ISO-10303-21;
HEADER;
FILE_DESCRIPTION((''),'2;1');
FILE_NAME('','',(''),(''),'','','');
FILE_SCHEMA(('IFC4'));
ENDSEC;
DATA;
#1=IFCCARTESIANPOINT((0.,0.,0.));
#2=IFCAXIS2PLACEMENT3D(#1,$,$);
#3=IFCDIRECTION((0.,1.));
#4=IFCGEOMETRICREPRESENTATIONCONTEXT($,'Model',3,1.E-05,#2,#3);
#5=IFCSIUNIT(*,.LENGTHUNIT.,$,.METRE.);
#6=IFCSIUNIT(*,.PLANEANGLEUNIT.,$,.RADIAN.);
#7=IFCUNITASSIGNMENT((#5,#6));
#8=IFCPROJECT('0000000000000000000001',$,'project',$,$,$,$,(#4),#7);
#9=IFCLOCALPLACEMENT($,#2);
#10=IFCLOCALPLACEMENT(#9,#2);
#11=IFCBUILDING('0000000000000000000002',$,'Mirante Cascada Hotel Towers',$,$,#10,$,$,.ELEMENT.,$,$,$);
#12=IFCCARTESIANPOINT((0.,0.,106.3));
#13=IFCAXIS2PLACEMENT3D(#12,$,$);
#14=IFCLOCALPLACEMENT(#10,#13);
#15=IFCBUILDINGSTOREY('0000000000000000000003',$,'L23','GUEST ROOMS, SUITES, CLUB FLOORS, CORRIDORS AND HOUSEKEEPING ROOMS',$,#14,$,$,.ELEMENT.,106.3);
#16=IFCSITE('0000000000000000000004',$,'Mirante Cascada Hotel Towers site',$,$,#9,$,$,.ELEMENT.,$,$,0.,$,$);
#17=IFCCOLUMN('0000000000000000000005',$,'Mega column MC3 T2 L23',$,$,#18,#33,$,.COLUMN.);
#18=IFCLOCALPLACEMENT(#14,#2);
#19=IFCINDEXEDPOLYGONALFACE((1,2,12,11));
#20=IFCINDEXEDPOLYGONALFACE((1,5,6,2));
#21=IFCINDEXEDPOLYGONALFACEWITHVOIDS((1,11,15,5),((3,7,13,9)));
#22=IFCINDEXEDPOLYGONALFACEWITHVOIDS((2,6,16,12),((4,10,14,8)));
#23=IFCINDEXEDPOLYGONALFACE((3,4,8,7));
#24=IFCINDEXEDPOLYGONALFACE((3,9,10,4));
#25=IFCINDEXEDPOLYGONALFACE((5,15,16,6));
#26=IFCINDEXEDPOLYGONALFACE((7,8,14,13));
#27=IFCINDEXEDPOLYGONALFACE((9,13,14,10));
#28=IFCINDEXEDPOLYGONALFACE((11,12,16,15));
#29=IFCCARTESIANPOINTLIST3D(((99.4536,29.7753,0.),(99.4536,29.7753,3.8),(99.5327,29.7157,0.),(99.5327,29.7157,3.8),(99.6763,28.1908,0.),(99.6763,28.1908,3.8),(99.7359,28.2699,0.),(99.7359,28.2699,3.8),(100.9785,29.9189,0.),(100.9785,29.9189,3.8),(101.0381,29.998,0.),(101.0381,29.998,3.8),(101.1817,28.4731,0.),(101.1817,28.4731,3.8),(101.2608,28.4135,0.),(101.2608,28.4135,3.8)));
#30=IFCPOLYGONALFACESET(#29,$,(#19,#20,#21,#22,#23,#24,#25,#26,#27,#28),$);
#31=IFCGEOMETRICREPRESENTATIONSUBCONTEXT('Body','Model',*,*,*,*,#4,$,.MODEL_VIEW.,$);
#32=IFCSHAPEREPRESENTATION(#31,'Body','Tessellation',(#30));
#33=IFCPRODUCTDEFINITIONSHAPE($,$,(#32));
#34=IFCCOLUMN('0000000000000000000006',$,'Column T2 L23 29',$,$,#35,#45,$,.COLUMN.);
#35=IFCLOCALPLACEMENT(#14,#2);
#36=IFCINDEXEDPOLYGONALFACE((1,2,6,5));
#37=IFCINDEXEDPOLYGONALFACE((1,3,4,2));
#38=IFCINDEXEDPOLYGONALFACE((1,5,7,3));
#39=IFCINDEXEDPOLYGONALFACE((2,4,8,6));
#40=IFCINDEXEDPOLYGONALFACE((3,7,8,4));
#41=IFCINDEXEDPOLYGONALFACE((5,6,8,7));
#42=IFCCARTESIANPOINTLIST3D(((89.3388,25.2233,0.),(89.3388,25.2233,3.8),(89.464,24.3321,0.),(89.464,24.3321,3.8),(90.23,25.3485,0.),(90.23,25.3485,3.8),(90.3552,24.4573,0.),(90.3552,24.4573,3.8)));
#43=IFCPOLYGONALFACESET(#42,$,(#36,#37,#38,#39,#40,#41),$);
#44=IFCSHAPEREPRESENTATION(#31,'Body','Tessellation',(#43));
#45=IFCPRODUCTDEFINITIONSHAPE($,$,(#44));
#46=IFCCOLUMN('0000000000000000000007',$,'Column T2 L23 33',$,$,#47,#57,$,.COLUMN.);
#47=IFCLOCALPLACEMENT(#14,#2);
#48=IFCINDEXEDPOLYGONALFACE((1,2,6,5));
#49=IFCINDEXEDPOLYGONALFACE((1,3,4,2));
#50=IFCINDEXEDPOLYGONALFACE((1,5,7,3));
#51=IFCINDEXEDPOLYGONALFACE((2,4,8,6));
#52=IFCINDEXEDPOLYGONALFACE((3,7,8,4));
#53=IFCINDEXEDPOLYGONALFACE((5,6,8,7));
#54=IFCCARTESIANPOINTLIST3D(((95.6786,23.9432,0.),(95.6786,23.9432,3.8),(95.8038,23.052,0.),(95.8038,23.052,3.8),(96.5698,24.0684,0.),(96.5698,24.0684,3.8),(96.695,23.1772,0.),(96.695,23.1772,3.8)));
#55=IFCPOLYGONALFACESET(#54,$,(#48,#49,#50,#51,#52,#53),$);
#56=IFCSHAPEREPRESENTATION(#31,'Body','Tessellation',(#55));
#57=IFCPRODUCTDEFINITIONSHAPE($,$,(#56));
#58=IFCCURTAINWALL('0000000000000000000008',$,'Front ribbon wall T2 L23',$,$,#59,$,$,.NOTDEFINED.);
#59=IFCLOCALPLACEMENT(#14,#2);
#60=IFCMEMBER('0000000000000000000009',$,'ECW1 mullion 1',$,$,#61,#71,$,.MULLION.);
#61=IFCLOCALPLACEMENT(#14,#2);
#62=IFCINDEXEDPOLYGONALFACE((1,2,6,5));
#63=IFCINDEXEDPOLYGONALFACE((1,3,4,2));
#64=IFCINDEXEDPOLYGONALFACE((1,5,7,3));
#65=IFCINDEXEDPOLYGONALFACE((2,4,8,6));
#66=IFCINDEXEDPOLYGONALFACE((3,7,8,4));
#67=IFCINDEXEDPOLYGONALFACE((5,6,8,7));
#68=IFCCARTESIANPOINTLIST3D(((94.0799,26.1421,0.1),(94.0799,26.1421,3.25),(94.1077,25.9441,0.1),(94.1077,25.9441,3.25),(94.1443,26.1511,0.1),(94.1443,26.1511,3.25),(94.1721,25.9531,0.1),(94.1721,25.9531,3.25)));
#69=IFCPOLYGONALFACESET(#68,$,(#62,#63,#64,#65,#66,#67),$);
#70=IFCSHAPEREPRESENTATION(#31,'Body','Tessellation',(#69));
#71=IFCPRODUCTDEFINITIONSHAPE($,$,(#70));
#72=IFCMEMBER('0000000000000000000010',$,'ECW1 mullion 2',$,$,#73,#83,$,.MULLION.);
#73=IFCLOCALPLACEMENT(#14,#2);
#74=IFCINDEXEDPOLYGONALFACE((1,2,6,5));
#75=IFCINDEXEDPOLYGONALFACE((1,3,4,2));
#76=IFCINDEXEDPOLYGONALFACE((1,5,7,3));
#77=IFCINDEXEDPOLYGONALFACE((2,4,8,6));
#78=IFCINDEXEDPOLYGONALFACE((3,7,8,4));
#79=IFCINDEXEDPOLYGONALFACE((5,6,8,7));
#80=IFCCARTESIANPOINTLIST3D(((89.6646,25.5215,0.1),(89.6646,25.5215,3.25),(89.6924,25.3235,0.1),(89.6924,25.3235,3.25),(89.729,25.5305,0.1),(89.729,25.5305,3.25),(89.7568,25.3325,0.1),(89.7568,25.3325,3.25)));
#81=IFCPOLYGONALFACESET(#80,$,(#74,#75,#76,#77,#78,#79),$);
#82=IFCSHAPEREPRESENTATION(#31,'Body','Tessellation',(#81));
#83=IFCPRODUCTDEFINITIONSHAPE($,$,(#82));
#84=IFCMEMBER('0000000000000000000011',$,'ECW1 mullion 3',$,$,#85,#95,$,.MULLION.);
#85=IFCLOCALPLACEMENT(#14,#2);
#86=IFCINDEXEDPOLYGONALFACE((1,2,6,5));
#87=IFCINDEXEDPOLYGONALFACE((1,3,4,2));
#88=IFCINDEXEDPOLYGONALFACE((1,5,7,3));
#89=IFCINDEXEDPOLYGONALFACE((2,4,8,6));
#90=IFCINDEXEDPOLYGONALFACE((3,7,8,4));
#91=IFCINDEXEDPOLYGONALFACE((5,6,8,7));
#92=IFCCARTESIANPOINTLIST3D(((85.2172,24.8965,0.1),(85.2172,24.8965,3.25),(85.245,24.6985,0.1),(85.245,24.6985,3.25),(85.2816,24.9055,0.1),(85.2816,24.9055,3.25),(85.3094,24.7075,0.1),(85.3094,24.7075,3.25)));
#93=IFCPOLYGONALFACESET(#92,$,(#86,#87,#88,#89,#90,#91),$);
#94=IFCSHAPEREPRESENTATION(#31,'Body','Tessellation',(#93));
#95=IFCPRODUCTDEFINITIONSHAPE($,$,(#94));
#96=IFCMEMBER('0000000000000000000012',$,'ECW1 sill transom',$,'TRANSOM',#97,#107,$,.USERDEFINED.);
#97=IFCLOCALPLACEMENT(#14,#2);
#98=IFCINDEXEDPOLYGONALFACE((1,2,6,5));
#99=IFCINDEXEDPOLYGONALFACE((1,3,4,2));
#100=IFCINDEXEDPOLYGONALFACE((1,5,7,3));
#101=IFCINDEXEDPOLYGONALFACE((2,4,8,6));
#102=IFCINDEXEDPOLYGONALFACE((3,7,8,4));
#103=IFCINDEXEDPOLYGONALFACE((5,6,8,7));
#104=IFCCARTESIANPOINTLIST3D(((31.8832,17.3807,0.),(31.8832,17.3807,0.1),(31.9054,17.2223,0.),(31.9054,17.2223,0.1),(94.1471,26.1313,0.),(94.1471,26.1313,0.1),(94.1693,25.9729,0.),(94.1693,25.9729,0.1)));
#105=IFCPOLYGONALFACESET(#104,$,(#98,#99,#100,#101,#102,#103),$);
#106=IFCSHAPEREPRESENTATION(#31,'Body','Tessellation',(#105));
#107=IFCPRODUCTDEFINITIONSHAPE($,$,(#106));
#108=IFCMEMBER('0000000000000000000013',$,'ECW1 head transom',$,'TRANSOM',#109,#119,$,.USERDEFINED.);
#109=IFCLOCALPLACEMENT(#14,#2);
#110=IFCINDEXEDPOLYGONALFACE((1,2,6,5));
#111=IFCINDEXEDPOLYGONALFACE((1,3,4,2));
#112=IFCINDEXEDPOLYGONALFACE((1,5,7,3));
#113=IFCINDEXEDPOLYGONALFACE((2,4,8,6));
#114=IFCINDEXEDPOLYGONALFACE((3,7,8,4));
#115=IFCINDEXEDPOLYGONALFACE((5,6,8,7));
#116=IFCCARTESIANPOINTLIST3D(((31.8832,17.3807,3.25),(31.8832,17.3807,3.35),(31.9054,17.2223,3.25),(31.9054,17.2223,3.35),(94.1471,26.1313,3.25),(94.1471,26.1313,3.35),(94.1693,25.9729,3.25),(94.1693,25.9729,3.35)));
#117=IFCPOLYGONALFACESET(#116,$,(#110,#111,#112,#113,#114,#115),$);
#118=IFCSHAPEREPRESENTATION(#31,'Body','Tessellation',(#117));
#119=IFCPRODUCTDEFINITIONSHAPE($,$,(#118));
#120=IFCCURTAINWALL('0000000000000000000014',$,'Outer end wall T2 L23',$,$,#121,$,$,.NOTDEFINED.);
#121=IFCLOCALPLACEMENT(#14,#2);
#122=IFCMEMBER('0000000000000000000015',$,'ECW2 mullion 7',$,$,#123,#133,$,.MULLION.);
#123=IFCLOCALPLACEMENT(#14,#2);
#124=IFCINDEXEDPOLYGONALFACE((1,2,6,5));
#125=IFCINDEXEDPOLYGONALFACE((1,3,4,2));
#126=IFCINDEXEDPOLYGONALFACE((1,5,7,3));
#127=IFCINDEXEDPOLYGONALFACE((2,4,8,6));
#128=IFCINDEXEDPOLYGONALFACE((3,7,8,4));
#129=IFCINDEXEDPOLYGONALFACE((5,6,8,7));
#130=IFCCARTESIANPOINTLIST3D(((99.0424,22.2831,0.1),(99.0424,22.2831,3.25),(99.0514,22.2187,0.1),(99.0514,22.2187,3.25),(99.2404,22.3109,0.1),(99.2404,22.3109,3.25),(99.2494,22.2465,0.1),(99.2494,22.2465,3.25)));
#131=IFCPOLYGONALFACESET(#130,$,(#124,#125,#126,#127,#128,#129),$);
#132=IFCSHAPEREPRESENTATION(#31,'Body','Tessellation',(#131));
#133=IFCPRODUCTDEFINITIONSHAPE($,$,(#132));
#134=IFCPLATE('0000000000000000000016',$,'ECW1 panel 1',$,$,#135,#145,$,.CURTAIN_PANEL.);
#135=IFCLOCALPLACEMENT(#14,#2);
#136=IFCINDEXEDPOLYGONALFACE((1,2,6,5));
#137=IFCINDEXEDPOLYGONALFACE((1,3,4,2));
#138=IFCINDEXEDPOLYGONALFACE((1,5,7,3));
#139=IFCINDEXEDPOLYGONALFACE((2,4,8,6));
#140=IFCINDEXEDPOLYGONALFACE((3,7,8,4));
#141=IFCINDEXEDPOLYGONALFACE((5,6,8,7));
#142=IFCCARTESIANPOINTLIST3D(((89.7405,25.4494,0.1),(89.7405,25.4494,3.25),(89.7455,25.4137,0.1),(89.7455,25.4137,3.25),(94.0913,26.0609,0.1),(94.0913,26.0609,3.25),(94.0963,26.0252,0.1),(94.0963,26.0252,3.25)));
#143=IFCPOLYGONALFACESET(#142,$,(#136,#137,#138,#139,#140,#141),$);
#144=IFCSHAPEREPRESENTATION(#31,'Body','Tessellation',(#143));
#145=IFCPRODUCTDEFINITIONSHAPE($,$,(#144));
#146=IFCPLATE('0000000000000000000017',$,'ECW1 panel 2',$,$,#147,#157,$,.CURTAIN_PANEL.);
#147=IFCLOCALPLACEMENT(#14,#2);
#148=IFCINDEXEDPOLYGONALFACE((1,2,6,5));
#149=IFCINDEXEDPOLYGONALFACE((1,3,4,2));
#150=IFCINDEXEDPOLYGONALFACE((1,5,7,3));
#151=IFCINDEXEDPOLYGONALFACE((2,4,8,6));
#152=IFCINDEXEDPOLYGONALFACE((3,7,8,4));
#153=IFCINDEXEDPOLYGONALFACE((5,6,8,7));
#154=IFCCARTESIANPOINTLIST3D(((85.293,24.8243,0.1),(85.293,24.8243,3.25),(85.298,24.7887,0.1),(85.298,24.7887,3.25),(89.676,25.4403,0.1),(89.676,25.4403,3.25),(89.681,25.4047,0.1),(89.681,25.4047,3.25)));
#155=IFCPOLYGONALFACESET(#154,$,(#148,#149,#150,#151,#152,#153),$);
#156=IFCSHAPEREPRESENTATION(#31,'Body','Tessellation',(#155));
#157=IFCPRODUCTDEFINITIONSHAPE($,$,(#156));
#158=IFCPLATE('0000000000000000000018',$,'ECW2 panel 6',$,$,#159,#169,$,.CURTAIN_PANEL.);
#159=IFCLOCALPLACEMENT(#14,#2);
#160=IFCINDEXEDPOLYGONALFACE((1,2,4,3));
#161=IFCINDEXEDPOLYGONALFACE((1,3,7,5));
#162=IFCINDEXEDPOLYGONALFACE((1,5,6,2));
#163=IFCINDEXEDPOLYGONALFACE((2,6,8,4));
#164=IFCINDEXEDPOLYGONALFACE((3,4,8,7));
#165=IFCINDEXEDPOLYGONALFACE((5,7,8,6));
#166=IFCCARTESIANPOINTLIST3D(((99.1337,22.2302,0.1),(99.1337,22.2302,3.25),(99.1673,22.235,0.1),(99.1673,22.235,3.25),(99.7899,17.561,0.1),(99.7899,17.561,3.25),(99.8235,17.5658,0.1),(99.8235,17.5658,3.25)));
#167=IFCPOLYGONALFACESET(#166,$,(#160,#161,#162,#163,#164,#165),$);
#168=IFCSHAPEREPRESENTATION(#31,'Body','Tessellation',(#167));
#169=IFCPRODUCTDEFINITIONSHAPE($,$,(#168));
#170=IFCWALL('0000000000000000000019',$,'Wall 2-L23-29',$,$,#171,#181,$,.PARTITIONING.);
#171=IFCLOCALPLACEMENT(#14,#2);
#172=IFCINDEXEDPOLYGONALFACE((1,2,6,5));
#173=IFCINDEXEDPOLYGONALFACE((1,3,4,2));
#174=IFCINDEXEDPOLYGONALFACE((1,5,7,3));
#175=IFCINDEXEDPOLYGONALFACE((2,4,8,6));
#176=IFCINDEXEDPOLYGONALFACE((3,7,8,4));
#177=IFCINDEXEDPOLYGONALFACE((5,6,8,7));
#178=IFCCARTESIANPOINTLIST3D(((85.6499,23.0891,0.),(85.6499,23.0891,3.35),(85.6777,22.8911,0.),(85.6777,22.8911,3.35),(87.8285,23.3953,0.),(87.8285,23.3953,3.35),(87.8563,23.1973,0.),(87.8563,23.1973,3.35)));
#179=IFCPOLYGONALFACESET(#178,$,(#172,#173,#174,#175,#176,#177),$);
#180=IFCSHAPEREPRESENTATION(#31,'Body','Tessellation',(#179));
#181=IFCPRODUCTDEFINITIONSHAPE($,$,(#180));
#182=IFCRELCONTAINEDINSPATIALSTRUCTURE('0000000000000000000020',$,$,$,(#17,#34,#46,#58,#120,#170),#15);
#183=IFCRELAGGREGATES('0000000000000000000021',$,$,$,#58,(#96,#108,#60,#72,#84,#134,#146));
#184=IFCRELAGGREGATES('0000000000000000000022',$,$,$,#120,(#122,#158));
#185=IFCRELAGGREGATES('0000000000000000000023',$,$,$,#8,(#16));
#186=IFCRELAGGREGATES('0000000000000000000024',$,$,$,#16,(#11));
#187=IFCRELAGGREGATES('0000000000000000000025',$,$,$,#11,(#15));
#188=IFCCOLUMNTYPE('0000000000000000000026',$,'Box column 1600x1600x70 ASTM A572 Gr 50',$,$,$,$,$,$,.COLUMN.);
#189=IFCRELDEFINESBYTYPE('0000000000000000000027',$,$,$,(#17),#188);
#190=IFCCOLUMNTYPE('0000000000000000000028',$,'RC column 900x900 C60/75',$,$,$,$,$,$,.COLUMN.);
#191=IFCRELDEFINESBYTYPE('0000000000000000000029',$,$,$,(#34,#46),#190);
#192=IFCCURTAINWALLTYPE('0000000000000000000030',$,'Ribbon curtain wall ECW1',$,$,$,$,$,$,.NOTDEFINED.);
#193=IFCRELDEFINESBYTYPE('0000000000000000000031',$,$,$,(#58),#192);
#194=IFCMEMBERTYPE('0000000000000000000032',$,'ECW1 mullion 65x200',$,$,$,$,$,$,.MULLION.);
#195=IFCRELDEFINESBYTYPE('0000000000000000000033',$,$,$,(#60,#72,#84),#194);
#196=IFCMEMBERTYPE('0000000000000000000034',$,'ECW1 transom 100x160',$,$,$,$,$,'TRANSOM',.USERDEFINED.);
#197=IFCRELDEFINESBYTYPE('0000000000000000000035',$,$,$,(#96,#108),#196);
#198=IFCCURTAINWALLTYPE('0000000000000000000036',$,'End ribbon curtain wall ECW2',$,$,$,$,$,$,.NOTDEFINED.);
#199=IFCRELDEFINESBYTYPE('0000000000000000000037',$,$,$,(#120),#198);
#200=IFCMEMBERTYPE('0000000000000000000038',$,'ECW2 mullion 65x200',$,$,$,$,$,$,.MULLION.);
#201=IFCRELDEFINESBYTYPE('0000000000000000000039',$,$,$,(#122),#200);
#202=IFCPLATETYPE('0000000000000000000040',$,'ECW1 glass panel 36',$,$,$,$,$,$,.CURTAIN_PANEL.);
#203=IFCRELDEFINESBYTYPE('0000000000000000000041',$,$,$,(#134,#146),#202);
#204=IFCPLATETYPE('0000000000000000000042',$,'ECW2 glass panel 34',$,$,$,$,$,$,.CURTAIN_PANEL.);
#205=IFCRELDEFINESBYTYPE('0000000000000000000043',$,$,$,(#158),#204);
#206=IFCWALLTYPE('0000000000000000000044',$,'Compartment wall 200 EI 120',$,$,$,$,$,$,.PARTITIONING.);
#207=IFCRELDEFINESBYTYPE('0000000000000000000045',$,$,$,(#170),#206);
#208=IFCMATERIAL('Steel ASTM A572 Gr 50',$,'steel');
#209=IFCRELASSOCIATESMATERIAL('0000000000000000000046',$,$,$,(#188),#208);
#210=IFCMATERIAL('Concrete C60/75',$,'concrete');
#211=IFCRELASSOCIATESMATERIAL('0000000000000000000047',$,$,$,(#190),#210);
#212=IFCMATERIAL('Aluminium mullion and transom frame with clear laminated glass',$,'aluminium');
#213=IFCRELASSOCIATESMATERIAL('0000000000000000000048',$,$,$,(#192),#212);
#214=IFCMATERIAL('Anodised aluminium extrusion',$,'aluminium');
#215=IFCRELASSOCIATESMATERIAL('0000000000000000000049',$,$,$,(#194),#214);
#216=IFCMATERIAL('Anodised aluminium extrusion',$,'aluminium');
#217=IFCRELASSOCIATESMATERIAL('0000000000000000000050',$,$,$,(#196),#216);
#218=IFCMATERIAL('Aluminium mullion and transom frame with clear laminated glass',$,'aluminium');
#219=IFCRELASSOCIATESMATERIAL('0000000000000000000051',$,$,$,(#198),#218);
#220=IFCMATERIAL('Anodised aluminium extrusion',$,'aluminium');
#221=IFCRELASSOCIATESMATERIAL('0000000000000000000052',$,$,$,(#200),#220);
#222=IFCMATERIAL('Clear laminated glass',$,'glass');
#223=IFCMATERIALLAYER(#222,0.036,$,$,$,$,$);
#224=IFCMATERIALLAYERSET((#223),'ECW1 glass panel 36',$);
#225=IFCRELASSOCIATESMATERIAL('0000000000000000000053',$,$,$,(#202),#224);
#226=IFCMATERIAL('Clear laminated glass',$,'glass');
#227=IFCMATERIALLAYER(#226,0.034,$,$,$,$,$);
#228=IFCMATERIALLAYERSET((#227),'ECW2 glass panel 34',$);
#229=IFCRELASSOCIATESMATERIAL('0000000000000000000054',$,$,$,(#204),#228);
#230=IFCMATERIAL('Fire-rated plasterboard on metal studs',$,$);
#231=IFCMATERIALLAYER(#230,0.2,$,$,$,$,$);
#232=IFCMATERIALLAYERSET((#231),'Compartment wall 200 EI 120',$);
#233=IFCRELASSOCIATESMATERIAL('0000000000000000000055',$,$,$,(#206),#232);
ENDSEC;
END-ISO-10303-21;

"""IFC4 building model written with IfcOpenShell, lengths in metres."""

from ifc_helpers import new_model, si_unit, direction, frame, frame_2d, origin, origin_2d, place, context, subcontext, project, spatial, rectangle, hollow_rectangle, extrude, material, layer, layer_set, material_profile, profile_set, type_object, element, aggregate, save


model = new_model("IFC4")

# Units and contexts
model_context = context("Model", 3, precision=1e-05, world=origin(), true_north=direction((0.0, 1.0)))
body_context = subcontext(model_context, "Body", "Model", "MODEL_VIEW")
ifc_project = project(units=[si_unit("LENGTHUNIT", "METRE"), si_unit("PLANEANGLEUNIT", "RADIAN")], contexts=[model_context])

# Site, building, storey
site_placement = place(None, origin())
site = spatial("IfcSite", under=ifc_project, at=site_placement, Name="Mirante Cascada Hotel Towers site", CompositionType="ELEMENT", RefElevation=0.0)
building_placement = place(site_placement, origin())
building = spatial("IfcBuilding", under=site, at=building_placement, Name="Mirante Cascada Hotel Towers", CompositionType="ELEMENT")
storey_placement = place(building_placement, frame((0.0, 0.0, 106.3)))
storey = spatial("IfcBuildingStorey", under=building, at=storey_placement, Name="L23", Description="GUEST ROOMS, SUITES, CLUB FLOORS, CORRIDORS AND HOUSEKEEPING ROOMS", CompositionType="ELEMENT", Elevation=106.3)

# Columns
ifc_material_1 = material(Name="Steel ASTM A572 Gr 50", Category="steel")
ifc_material_profile_1 = material_profile(ifc_material_1, hollow_rectangle(XDim=1.6, YDim=1.6, WallThickness=0.07, at=origin_2d()), Name="Box column 1600x1600x70 ASTM A572 Gr 50")
ifc_profile_set_1 = profile_set([ifc_material_profile_1], Name="Steel ASTM A572 Gr 50")
column_type_1 = type_object("IfcColumnType", Name="Box column 1600x1600x70 ASTM A572 Gr 50", PredefinedType="COLUMN", material=ifc_profile_set_1)
column_placement = place(storey_placement, frame((100.3572, 29.0944, 0.0), z_axis=(0.0, 0.0, 1.0), x_axis=(0.990268, 0.139173, 0.0)))
element("IfcColumn", 1, at=column_placement, inside=storey, type_object=column_type_1, Name="Mega column MC3 T2 L23", PredefinedType="COLUMN", context=body_context, shape_type="SweptSolid", body=[
    extrude(hollow_rectangle(XDim=1.6, YDim=1.6, WallThickness=0.07, at=origin_2d()), origin(), (0.0, 0.0, 1.0), 3.8),
])
ifc_material_2 = material(Name="Concrete C60/75", Category="concrete")
ifc_material_profile_2 = material_profile(ifc_material_2, rectangle(XDim=0.9, YDim=0.9, at=origin_2d()), Name="RC column 900x900 C60/75")
ifc_profile_set_2 = profile_set([ifc_material_profile_2], Name="Concrete C60/75")
column_type_2 = type_object("IfcColumnType", Name="RC column 900x900 C60/75", PredefinedType="COLUMN", material=ifc_profile_set_2)
for number, where, z_axis, x_axis, name in (
    (2, (89.847, 24.8403, 0.0), (0.0, 0.0, 1.0), (0.990268, 0.139173, 0.0), "Column T2 L23 29"),
    (3, (96.1868, 23.5602, 0.0), (0.0, 0.0, 1.0), (0.990268, 0.139173, 0.0), "Column T2 L23 33"),
):
    element("IfcColumn", number, at=place(storey_placement, frame(where, z_axis=z_axis, x_axis=x_axis)), inside=storey, type_object=column_type_2, Name=name, PredefinedType="COLUMN", context=body_context, shape_type="SweptSolid", body=[
        extrude(rectangle(XDim=0.9, YDim=0.9, at=origin_2d()), origin(), (0.0, 0.0, 1.0), 3.8),
    ])

# Curtain wall, members
ifc_material_3 = material(Name="Aluminium mullion and transom frame with clear laminated glass", Category="aluminium")
curtain_wall_type_1 = type_object("IfcCurtainWallType", Name="Ribbon curtain wall ECW1", PredefinedType="NOTDEFINED", material=ifc_material_3)
curtain_wall_1_placement = place(storey_placement, origin())
curtain_wall_1 = element("IfcCurtainWall", 4, at=curtain_wall_1_placement, inside=storey, type_object=curtain_wall_type_1, Name="Front ribbon wall T2 L23", PredefinedType="NOTDEFINED")
ifc_material_4 = material(Name="Anodised aluminium extrusion", Category="aluminium")
ifc_material_profile_3 = material_profile(ifc_material_4, rectangle(XDim=0.2, YDim=0.065, at=origin_2d()), Name="ECW1 MULLION 65x200")
ifc_profile_set_3 = profile_set([ifc_material_profile_3], Name="Anodised aluminium extrusion")
member_type_1 = type_object("IfcMemberType", Name="ECW1 mullion 65x200", PredefinedType="MULLION", material=ifc_profile_set_3)
member_1_placement = place(storey_placement, frame((94.126, 26.0476, 0.1), z_axis=(0.0, 0.0, 1.0), x_axis=(0.139173, -0.990268, 0.0)))
member_1 = element("IfcMember", 5, at=member_1_placement, type_object=member_type_1, Name="ECW1 mullion 1", PredefinedType="MULLION", context=body_context, shape_type="SweptSolid", body=[
    extrude(rectangle(XDim=0.2, YDim=0.065, at=origin_2d()), origin(), (0.0, 0.0, 1.0), 3.15),
])
member_2_placement = place(storey_placement, frame((89.7107, 25.427, 0.1), z_axis=(0.0, 0.0, 1.0), x_axis=(0.139173, -0.990268, 0.0)))
member_2 = element("IfcMember", 6, at=member_2_placement, type_object=member_type_1, Name="ECW1 mullion 2", PredefinedType="MULLION", context=body_context, shape_type="SweptSolid", body=[
    extrude(rectangle(XDim=0.2, YDim=0.065, at=origin_2d()), origin(), (0.0, 0.0, 1.0), 3.15),
])
member_3_placement = place(storey_placement, frame((85.2633, 24.802, 0.1), z_axis=(0.0, 0.0, 1.0), x_axis=(0.139173, -0.990268, 0.0)))
member_3 = element("IfcMember", 7, at=member_3_placement, type_object=member_type_1, Name="ECW1 mullion 3", PredefinedType="MULLION", context=body_context, shape_type="SweptSolid", body=[
    extrude(rectangle(XDim=0.2, YDim=0.065, at=origin_2d()), origin(), (0.0, 0.0, 1.0), 3.15),
])
ifc_material_5 = material(Name="Anodised aluminium extrusion", Category="aluminium")
ifc_material_profile_4 = material_profile(ifc_material_5, rectangle(XDim=0.16, YDim=0.1, at=origin_2d()), Name="ECW1 TRANSOM 100x160")
ifc_profile_set_4 = profile_set([ifc_material_profile_4], Name="Anodised aluminium extrusion")
member_type_2 = type_object("IfcMemberType", Name="ECW1 transom 100x160", ElementType="TRANSOM", PredefinedType="USERDEFINED", material=ifc_profile_set_4)
member_4_placement = place(storey_placement, frame((94.1582, 26.0521, 0.05), z_axis=(-0.990268, -0.139173, 0.0), x_axis=(0.139173, -0.990268, 0.0)))
member_4 = element("IfcMember", 8, at=member_4_placement, type_object=member_type_2, Name="ECW1 sill transom", ObjectType="TRANSOM", PredefinedType="USERDEFINED", context=body_context, shape_type="SweptSolid", body=[
    extrude(rectangle(XDim=0.16, YDim=0.1, at=origin_2d()), origin(), (0.0, 0.0, 1.0), 62.8758),
])
member_5_placement = place(storey_placement, frame((94.1582, 26.0521, 3.3), z_axis=(-0.990268, -0.139173, 0.0), x_axis=(0.139173, -0.990268, 0.0)))
member_5 = element("IfcMember", 9, at=member_5_placement, type_object=member_type_2, Name="ECW1 head transom", ObjectType="TRANSOM", PredefinedType="USERDEFINED", context=body_context, shape_type="SweptSolid", body=[
    extrude(rectangle(XDim=0.16, YDim=0.1, at=origin_2d()), origin(), (0.0, 0.0, 1.0), 62.8758),
])

# Curtain wall, member
ifc_material_6 = material(Name="Aluminium mullion and transom frame with clear laminated glass", Category="aluminium")
curtain_wall_type_2 = type_object("IfcCurtainWallType", Name="End ribbon curtain wall ECW2", PredefinedType="NOTDEFINED", material=ifc_material_6)
curtain_wall_2_placement = place(storey_placement, origin())
curtain_wall_2 = element("IfcCurtainWall", 10, at=curtain_wall_2_placement, inside=storey, type_object=curtain_wall_type_2, Name="Outer end wall T2 L23", PredefinedType="NOTDEFINED")
ifc_material_7 = material(Name="Anodised aluminium extrusion", Category="aluminium")
ifc_material_profile_5 = material_profile(ifc_material_7, rectangle(XDim=0.2, YDim=0.065, at=origin_2d()), Name="ECW2 MULLION 65x200")
ifc_profile_set_5 = profile_set([ifc_material_profile_5], Name="Anodised aluminium extrusion")
member_type_3 = type_object("IfcMemberType", Name="ECW2 mullion 65x200", PredefinedType="MULLION", material=ifc_profile_set_5)
member_6_placement = place(storey_placement, frame((99.1459, 22.2648, 0.1), z_axis=(0.0, 0.0, 1.0), x_axis=(-0.990268, -0.139173, 0.0)))
member_6 = element("IfcMember", 11, at=member_6_placement, type_object=member_type_3, Name="ECW2 mullion 7", PredefinedType="MULLION", context=body_context, shape_type="SweptSolid", body=[
    extrude(rectangle(XDim=0.2, YDim=0.065, at=origin_2d()), origin(), (0.0, 0.0, 1.0), 3.15),
])

# Plates
ifc_material_8 = material(Name="Clear laminated glass", Category="glass")
ifc_layer_1 = layer(ifc_material_8, 0.036)
ifc_layer_set_1 = layer_set([ifc_layer_1], Name="ECW1 glass panel 36")
plate_type_1 = type_object("IfcPlateType", Name="ECW1 glass panel 36", PredefinedType="CURTAIN_PANEL", material=ifc_layer_set_1)
plate_1_placement = place(storey_placement, frame((91.9184, 25.7373, 0.1), z_axis=(0.0, 0.0, 1.0), x_axis=(-0.990268, -0.139173, 0.0)))
plate_1 = element("IfcPlate", 12, at=plate_1_placement, type_object=plate_type_1, Name="ECW1 panel 1", PredefinedType="CURTAIN_PANEL", context=body_context, shape_type="SweptSolid", body=[
    extrude(rectangle(XDim=4.3936, YDim=0.036, at=origin_2d()), origin(), (0.0, 0.0, 1.0), 3.15),
])
plate_2_placement = place(storey_placement, frame((87.487, 25.1145, 0.1), z_axis=(0.0, 0.0, 1.0), x_axis=(-0.990268, -0.139173, 0.0)))
plate_2 = element("IfcPlate", 13, at=plate_2_placement, type_object=plate_type_1, Name="ECW1 panel 2", PredefinedType="CURTAIN_PANEL", context=body_context, shape_type="SweptSolid", body=[
    extrude(rectangle(XDim=4.4261, YDim=0.036, at=origin_2d()), origin(), (0.0, 0.0, 1.0), 3.15),
])
aggregate(curtain_wall_1, [member_4, member_5, member_1, member_2, member_3, plate_1, plate_2])
ifc_material_9 = material(Name="Clear laminated glass", Category="glass")
ifc_layer_2 = layer(ifc_material_9, 0.034)
ifc_layer_set_2 = layer_set([ifc_layer_2], Name="ECW2 glass panel 34")
plate_type_2 = type_object("IfcPlateType", Name="ECW2 glass panel 34", PredefinedType="CURTAIN_PANEL", material=ifc_layer_set_2)
plate_3_placement = place(storey_placement, frame((99.4786, 19.898, 0.1), z_axis=(0.0, 0.0, 1.0), x_axis=(-0.139173, 0.990268, 0.0)))
plate_3 = element("IfcPlate", 14, at=plate_3_placement, type_object=plate_type_2, Name="ECW2 panel 6", PredefinedType="CURTAIN_PANEL", context=body_context, shape_type="SweptSolid", body=[
    extrude(rectangle(XDim=4.7151, YDim=0.034, at=origin_2d()), origin(), (0.0, 0.0, 1.0), 3.15),
])
aggregate(curtain_wall_2, [member_6, plate_3])

# Wall
ifc_material_10 = material(Name="Fire-rated plasterboard on metal studs")
ifc_layer_3 = layer(ifc_material_10, 0.2)
ifc_layer_set_3 = layer_set([ifc_layer_3], Name="Compartment wall 200 EI 120")
wall_type_1 = type_object("IfcWallType", Name="Compartment wall 200 EI 120", PredefinedType="PARTITIONING", material=ifc_layer_set_3)
wall_1_placement = place(storey_placement, frame((87.8424, 23.2963, 0.0), z_axis=(0.0, 0.0, 1.0), x_axis=(-0.990267, -0.139181, 0.0)))
element("IfcWall", 15, at=wall_1_placement, inside=storey, type_object=wall_type_1, Name="Wall 2-L23-29", PredefinedType="PARTITIONING", context=body_context, shape_type="SweptSolid", body=[
    extrude(rectangle(XDim=2.2, YDim=0.2, at=frame_2d((1.1, 0.0))), origin(), (0.0, 0.0, 1.0), 3.35),
])

save(model, "model.ifc")
